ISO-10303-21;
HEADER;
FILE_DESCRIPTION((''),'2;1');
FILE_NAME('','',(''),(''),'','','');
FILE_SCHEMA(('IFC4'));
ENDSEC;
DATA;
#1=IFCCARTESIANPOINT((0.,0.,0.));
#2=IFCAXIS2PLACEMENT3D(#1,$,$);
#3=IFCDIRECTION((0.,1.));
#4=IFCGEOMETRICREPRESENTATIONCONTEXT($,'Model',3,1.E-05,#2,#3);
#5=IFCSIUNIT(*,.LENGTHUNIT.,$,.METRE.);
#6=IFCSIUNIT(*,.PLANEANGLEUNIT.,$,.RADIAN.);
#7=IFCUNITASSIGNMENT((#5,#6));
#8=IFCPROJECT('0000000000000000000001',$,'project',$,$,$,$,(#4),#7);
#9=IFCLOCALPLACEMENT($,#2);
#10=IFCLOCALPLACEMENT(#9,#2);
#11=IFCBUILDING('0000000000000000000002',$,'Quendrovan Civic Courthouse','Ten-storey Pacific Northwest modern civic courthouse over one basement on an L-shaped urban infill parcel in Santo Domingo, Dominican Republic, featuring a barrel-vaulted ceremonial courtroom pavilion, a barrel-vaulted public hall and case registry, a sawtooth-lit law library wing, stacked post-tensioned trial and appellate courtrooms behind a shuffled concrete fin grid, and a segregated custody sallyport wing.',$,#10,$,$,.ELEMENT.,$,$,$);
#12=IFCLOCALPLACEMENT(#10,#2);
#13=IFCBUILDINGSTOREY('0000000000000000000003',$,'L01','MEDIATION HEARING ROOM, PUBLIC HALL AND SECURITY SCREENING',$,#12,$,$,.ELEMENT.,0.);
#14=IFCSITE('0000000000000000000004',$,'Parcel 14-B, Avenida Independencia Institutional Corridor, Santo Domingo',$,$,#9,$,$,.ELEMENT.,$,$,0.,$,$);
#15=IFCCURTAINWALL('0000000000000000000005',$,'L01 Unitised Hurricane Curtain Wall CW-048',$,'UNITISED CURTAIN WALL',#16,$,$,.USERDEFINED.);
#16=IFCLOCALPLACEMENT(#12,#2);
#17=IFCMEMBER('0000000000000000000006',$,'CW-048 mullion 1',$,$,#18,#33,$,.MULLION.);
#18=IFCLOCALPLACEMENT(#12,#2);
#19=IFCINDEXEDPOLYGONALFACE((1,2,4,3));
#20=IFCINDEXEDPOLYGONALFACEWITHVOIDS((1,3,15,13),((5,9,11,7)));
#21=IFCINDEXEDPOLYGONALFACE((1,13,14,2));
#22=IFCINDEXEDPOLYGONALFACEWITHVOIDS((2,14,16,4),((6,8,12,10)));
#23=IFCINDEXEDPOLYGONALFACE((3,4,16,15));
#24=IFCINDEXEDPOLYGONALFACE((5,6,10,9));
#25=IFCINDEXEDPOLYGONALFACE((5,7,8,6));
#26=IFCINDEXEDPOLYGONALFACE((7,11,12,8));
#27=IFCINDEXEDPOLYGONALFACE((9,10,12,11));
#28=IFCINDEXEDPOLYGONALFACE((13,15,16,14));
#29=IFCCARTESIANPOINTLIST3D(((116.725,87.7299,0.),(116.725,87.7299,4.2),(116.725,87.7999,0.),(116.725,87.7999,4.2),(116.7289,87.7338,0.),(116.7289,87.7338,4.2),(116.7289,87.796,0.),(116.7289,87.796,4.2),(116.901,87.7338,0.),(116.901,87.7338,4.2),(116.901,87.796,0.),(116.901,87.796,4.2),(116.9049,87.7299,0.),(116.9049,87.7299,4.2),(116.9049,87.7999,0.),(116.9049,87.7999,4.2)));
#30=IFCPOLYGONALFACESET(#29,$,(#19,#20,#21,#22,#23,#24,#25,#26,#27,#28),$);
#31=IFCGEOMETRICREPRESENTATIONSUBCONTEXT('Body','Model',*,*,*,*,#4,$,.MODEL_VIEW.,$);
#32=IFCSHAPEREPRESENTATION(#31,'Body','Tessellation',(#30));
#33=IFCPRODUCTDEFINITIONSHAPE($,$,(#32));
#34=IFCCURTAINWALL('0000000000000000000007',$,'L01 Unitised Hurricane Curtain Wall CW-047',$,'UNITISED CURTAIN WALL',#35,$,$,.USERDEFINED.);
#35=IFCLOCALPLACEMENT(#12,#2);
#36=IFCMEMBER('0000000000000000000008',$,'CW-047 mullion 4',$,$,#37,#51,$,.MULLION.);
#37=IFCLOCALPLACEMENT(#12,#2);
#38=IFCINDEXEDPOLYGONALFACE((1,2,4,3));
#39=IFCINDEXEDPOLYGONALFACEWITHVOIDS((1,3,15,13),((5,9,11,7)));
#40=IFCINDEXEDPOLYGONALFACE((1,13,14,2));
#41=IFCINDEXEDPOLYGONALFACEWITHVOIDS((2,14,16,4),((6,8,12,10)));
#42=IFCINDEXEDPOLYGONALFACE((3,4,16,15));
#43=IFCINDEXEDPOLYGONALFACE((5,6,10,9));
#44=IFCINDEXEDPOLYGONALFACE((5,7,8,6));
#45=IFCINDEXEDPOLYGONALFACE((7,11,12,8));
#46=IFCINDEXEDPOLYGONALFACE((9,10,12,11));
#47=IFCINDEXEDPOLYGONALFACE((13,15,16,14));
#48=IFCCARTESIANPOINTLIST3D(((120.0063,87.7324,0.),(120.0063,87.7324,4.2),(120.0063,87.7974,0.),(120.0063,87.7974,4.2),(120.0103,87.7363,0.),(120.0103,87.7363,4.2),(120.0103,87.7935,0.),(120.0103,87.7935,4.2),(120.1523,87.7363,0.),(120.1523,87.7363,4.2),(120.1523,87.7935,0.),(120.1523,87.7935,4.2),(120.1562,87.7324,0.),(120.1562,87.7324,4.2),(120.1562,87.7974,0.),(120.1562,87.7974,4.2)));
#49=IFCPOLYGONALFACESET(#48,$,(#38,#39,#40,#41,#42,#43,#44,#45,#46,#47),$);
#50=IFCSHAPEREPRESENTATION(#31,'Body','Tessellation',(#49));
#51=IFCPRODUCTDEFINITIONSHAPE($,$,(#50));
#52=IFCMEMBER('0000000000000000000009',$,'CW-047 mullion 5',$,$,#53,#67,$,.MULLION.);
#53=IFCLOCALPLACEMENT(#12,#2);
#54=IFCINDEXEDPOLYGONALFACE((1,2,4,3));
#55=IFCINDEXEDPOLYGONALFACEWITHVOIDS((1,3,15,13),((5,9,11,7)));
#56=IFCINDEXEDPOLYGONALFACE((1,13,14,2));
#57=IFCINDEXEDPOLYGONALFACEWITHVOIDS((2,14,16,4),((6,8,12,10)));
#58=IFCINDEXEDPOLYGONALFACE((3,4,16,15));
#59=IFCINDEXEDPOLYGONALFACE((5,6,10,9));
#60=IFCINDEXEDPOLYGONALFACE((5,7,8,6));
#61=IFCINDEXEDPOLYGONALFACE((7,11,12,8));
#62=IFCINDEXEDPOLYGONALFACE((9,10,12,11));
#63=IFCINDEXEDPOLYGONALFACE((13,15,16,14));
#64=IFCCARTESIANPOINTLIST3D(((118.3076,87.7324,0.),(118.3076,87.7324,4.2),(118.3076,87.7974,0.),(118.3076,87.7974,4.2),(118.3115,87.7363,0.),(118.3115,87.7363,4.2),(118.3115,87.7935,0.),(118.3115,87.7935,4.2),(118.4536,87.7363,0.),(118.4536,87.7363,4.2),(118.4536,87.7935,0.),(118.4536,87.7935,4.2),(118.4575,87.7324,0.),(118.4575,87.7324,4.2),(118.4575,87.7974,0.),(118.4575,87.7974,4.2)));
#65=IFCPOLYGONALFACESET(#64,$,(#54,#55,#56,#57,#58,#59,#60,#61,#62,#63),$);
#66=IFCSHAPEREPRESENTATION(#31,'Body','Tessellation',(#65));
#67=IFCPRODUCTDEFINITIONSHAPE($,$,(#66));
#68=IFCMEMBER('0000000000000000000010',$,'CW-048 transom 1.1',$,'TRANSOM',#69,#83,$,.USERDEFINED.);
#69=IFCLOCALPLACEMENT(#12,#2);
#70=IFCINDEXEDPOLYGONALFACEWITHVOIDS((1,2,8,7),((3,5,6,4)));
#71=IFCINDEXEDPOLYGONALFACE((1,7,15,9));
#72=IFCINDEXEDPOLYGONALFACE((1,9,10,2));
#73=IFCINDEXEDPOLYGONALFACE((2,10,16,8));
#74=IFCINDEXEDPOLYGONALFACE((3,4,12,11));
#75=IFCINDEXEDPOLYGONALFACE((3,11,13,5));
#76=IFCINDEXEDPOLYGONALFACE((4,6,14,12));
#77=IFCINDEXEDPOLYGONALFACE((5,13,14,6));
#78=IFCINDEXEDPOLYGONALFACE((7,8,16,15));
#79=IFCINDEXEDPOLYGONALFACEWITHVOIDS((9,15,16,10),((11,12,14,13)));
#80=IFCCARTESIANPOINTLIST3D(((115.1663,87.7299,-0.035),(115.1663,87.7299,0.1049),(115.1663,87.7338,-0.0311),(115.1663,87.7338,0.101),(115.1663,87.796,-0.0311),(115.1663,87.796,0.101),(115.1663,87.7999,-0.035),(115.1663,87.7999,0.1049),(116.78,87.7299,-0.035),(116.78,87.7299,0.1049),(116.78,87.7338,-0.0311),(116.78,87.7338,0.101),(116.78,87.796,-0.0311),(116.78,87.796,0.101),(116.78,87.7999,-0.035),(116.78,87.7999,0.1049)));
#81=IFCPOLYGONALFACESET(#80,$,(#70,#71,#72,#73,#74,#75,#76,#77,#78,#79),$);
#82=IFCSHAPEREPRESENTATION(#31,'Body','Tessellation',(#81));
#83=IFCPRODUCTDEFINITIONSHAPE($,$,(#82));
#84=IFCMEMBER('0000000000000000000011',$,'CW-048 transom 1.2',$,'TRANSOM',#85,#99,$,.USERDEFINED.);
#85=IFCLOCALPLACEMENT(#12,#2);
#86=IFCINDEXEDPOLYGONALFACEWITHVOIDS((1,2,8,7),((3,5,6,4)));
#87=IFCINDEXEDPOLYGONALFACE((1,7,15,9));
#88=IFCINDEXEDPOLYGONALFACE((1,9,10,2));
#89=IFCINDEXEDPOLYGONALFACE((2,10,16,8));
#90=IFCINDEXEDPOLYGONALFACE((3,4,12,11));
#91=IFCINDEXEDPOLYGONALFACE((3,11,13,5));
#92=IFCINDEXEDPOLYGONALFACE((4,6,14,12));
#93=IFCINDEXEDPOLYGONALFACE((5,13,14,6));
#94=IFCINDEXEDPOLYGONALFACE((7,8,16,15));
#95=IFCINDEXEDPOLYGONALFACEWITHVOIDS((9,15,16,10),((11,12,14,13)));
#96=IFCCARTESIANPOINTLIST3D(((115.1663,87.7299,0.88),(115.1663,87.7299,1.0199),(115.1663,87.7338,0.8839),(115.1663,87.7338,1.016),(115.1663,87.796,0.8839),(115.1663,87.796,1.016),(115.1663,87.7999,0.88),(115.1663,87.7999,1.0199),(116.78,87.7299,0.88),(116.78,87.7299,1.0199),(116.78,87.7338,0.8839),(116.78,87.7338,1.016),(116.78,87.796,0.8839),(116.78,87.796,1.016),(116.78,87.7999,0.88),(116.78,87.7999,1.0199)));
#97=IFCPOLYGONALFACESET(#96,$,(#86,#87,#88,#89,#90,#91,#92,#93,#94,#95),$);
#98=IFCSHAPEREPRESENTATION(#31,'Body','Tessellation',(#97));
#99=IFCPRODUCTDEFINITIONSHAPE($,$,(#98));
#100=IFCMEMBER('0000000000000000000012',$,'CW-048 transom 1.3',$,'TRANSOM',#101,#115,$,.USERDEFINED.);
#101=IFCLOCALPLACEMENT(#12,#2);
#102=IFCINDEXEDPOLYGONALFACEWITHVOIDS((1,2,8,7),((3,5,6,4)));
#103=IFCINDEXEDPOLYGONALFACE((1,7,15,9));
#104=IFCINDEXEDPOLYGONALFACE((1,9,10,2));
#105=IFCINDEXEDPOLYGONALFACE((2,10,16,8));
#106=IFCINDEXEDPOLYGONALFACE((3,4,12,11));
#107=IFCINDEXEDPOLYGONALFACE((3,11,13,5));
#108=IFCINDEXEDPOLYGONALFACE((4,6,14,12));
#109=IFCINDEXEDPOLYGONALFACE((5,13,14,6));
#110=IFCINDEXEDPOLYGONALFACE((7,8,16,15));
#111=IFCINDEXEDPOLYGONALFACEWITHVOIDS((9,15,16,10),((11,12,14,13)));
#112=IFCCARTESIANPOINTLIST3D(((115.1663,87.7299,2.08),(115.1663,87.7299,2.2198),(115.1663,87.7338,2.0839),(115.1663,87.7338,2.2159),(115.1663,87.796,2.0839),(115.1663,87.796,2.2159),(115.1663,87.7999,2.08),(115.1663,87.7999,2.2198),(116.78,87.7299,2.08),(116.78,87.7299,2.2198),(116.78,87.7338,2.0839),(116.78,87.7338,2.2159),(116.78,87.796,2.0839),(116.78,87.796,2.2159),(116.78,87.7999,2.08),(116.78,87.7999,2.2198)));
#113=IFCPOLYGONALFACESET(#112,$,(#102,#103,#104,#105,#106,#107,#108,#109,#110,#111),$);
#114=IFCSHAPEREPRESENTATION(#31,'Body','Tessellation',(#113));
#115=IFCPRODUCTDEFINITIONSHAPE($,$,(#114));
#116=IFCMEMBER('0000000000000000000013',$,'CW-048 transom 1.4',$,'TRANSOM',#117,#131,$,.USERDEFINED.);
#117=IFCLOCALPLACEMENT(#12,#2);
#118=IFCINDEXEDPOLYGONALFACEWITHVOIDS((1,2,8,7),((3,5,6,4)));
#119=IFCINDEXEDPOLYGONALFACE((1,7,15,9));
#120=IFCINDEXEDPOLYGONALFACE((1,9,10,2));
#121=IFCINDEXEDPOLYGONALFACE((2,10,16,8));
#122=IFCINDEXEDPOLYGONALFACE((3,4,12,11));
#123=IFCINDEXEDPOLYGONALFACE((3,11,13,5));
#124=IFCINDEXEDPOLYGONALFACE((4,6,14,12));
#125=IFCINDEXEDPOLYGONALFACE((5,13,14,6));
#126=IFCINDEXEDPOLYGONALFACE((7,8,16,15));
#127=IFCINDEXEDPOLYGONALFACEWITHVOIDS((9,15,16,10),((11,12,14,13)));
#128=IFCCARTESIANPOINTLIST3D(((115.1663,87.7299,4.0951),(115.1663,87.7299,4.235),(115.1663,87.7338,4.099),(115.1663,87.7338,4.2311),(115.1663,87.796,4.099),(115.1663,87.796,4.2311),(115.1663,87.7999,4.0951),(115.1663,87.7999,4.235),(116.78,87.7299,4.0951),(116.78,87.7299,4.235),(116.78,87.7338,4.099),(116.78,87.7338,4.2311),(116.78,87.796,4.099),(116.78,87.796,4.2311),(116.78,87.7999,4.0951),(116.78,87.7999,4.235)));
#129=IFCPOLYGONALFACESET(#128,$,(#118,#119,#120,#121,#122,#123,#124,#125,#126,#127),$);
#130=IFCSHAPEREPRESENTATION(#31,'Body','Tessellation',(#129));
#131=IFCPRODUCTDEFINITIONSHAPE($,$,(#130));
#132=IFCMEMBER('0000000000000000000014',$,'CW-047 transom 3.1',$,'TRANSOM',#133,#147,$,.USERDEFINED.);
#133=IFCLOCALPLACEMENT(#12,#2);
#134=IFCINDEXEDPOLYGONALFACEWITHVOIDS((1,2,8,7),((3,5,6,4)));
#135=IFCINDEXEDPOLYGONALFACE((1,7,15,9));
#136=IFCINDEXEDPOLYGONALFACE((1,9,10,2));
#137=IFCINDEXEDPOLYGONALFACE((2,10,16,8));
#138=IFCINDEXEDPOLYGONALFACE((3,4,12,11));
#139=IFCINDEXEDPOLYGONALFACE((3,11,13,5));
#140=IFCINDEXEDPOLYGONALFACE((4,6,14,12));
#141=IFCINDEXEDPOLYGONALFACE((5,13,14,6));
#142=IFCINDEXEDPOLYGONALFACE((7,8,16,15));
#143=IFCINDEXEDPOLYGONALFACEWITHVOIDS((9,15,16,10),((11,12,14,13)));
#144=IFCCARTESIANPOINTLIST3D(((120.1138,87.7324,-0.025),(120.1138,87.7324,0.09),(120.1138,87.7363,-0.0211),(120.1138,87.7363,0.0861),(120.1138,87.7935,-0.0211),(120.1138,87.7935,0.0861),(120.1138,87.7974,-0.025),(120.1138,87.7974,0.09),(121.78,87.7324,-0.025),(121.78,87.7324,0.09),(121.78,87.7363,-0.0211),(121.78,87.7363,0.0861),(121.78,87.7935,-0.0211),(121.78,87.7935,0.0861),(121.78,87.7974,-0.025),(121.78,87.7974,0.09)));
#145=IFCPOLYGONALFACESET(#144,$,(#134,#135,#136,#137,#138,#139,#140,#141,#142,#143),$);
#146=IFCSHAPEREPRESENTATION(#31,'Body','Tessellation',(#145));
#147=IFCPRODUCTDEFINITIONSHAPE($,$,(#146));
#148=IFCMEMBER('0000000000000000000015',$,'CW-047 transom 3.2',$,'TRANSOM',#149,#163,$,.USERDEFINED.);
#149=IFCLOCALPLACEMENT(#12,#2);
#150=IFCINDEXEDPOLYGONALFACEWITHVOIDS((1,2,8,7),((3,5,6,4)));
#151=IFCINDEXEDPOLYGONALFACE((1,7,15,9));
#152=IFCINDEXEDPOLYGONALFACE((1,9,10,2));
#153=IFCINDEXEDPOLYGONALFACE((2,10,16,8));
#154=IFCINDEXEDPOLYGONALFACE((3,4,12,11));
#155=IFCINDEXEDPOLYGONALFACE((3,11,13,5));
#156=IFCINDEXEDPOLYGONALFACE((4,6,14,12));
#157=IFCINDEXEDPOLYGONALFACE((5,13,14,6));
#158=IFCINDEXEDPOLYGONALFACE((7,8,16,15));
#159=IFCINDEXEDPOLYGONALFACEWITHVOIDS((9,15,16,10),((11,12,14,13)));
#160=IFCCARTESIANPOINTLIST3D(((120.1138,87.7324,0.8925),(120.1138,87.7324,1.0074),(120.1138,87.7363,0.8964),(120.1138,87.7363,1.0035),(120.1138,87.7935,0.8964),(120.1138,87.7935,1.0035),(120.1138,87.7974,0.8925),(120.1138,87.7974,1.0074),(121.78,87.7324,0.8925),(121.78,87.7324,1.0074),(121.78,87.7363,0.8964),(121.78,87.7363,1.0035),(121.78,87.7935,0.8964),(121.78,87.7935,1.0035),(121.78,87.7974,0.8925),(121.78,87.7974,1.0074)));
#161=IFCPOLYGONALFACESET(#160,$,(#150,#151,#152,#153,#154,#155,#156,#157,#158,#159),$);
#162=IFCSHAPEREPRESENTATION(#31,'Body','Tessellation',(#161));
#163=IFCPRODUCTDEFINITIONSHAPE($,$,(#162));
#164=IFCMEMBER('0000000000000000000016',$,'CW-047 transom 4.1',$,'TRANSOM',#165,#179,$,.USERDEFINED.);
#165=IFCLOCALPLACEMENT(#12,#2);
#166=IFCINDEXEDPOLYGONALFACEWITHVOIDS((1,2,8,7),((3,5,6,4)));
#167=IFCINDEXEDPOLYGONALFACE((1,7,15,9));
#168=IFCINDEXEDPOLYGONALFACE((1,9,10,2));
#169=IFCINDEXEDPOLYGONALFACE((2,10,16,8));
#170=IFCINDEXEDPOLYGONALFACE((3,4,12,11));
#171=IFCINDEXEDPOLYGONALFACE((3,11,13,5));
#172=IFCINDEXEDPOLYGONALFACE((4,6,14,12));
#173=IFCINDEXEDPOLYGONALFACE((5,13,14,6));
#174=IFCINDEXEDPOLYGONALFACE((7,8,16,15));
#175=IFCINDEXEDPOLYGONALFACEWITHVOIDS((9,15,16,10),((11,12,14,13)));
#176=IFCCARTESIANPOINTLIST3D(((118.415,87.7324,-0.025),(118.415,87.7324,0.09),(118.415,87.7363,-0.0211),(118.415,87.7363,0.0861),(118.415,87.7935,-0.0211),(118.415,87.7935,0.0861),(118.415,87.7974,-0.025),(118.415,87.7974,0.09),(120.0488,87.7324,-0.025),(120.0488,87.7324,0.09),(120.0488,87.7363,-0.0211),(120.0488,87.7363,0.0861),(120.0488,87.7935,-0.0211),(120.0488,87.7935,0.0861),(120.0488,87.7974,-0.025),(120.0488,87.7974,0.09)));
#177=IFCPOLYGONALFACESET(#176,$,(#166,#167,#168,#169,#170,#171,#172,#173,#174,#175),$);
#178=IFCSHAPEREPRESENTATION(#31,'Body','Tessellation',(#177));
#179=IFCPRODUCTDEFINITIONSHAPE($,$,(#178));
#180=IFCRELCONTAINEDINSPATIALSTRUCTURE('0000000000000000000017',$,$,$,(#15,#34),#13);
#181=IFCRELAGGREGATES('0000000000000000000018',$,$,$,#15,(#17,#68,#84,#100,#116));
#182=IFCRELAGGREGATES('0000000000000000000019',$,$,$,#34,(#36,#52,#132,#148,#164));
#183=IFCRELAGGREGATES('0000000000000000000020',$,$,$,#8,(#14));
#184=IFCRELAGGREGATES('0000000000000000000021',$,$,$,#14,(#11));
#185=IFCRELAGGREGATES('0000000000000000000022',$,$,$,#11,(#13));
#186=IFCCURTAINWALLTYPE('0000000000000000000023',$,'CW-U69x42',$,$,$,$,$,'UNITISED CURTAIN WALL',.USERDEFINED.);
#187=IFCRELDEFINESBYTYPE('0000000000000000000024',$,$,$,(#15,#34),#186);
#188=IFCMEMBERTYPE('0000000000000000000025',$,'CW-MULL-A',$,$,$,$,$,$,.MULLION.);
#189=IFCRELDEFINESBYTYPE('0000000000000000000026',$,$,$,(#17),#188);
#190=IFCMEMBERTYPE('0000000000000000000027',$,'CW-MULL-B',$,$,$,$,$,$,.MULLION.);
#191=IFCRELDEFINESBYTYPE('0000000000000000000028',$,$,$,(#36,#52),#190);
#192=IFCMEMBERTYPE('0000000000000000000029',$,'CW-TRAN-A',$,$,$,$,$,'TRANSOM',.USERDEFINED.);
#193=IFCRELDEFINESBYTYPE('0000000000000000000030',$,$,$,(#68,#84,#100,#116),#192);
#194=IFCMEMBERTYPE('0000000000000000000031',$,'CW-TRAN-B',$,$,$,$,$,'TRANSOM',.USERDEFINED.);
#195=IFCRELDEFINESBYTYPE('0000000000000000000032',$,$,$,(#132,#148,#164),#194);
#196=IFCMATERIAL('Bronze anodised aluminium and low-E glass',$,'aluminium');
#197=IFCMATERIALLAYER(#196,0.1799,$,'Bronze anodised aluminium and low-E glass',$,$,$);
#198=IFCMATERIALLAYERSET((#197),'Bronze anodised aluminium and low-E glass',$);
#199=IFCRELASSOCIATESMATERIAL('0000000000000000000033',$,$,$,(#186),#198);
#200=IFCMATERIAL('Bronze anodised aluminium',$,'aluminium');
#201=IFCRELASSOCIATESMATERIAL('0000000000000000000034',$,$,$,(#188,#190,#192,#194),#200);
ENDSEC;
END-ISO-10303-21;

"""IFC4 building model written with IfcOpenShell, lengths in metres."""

from ifc_helpers import new_model, si_unit, direction, frame, origin, origin_2d, place, context, subcontext, project, spatial, hollow_rectangle, extrude, material, layer, layer_set, material_profile, profile_set, type_object, element, aggregate, save


model = new_model("IFC4")

# Units and contexts
model_context = context("Model", 3, precision=1e-05, world=origin(), true_north=direction((0.0, 1.0)))
body_context = subcontext(model_context, "Body", "Model", "MODEL_VIEW")
ifc_project = project(units=[si_unit("LENGTHUNIT", "METRE"), si_unit("PLANEANGLEUNIT", "RADIAN")], contexts=[model_context])

# Site, building, storey
site_placement = place(None, origin())
site = spatial("IfcSite", under=ifc_project, at=site_placement, Name="Parcel 14-B, Avenida Independencia Institutional Corridor, Santo Domingo", CompositionType="ELEMENT", RefElevation=0.0)
building_placement = place(site_placement, origin())
building = spatial("IfcBuilding", under=site, at=building_placement, Name="Quendrovan Civic Courthouse", Description="Ten-storey Pacific Northwest modern civic courthouse over one basement on an L-shaped urban infill parcel in Santo Domingo, Dominican Republic, featuring a barrel-vaulted ceremonial courtroom pavilion, a barrel-vaulted public hall and case registry, a sawtooth-lit law library wing, stacked post-tensioned trial and appellate courtrooms behind a shuffled concrete fin grid, and a segregated custody sallyport wing.", CompositionType="ELEMENT")
storey_placement = place(building_placement, origin())
storey = spatial("IfcBuildingStorey", under=building, at=storey_placement, Name="L01", Description="MEDIATION HEARING ROOM, PUBLIC HALL AND SECURITY SCREENING", CompositionType="ELEMENT", Elevation=0.0)

# Curtain wall, member
ifc_material_1 = material(Name="Bronze anodised aluminium and low-E glass", Category="aluminium")
ifc_layer_1 = layer(ifc_material_1, 0.1799, Name="Bronze anodised aluminium and low-E glass")
ifc_layer_set_1 = layer_set([ifc_layer_1], Name="Bronze anodised aluminium and low-E glass")
curtain_wall_type = type_object("IfcCurtainWallType", Name="CW-U69x42", ElementType="UNITISED CURTAIN WALL", PredefinedType="USERDEFINED", material=ifc_layer_set_1)
curtain_wall_1_placement = place(storey_placement, origin())
curtain_wall_1 = element("IfcCurtainWall", 1, at=curtain_wall_1_placement, inside=storey, type_object=curtain_wall_type, Name="L01 Unitised Hurricane Curtain Wall CW-048", ObjectType="UNITISED CURTAIN WALL", PredefinedType="USERDEFINED")
ifc_material_2 = material(Name="Bronze anodised aluminium", Category="aluminium")
ifc_material_profile_1 = material_profile(ifc_material_2, hollow_rectangle(XDim=0.0701, YDim=0.1799, WallThickness=0.0039, at=origin_2d()), Name="CW-MULL-70x180")
ifc_profile_set_1 = profile_set([ifc_material_profile_1], Name="Bronze anodised aluminium")
member_type_1 = type_object("IfcMemberType", Name="CW-MULL-A", PredefinedType="MULLION", material=ifc_profile_set_1)
member_1_placement = place(storey_placement, frame((116.8149, 87.7649, 0.0), z_axis=(0.0, 0.0, 1.0), x_axis=(0.0, -1.0, 0.0)))
member_1 = element("IfcMember", 2, at=member_1_placement, type_object=member_type_1, Name="CW-048 mullion 1", PredefinedType="MULLION", context=body_context, shape_type="SweptSolid", body=[
    extrude(hollow_rectangle(XDim=0.0701, YDim=0.1799, WallThickness=0.0039, at=origin_2d()), origin(), (0.0, 0.0, 1.0), 4.2),
])

# Curtain wall, members
curtain_wall_2_placement = place(storey_placement, origin())
curtain_wall_2 = element("IfcCurtainWall", 3, at=curtain_wall_2_placement, inside=storey, type_object=curtain_wall_type, Name="L01 Unitised Hurricane Curtain Wall CW-047", ObjectType="UNITISED CURTAIN WALL", PredefinedType="USERDEFINED")
ifc_material_profile_2 = material_profile(ifc_material_2, hollow_rectangle(XDim=0.0649, YDim=0.1499, WallThickness=0.0039, at=origin_2d()), Name="CW-MULL-65x150")
ifc_profile_set_2 = profile_set([ifc_material_profile_2], Name="Bronze anodised aluminium")
member_type_2 = type_object("IfcMemberType", Name="CW-MULL-B", PredefinedType="MULLION", material=ifc_profile_set_2)
member_2_placement = place(storey_placement, frame((120.0813, 87.7649, 0.0), z_axis=(0.0, 0.0, 1.0), x_axis=(0.0, -1.0, 0.0)))
member_2 = element("IfcMember", 4, at=member_2_placement, type_object=member_type_2, Name="CW-047 mullion 4", PredefinedType="MULLION", context=body_context, shape_type="SweptSolid", body=[
    extrude(hollow_rectangle(XDim=0.0649, YDim=0.1499, WallThickness=0.0039, at=origin_2d()), origin(), (0.0, 0.0, 1.0), 4.2),
])
member_3_placement = place(storey_placement, frame((118.3826, 87.7649, 0.0), z_axis=(0.0, 0.0, 1.0), x_axis=(0.0, -1.0, 0.0)))
member_3 = element("IfcMember", 5, at=member_3_placement, type_object=member_type_2, Name="CW-047 mullion 5", PredefinedType="MULLION", context=body_context, shape_type="SweptSolid", body=[
    extrude(hollow_rectangle(XDim=0.0649, YDim=0.1499, WallThickness=0.0039, at=origin_2d()), origin(), (0.0, 0.0, 1.0), 4.2),
])

# Members
ifc_material_profile_3 = material_profile(ifc_material_2, hollow_rectangle(XDim=0.0701, YDim=0.1399, WallThickness=0.0039, at=origin_2d()), Name="CW-TRAN-70x140")
ifc_profile_set_3 = profile_set([ifc_material_profile_3], Name="Bronze anodised aluminium")
member_type_3 = type_object("IfcMemberType", Name="CW-TRAN-A", ElementType="TRANSOM", PredefinedType="USERDEFINED", material=ifc_profile_set_3)
member_4_placement = place(storey_placement, frame((116.78, 87.7649, 0.0349), z_axis=(-1.0, 0.0, 0.0), x_axis=(0.0, -1.0, 0.0)))
member_4 = element("IfcMember", 6, at=member_4_placement, type_object=member_type_3, Name="CW-048 transom 1.1", ObjectType="TRANSOM", PredefinedType="USERDEFINED", context=body_context, shape_type="SweptSolid", body=[
    extrude(hollow_rectangle(XDim=0.0701, YDim=0.1399, WallThickness=0.0039, at=origin_2d()), origin(), (0.0, 0.0, 1.0), 1.6138),
])
member_5_placement = place(storey_placement, frame((116.78, 87.7649, 0.95), z_axis=(-1.0, 0.0, 0.0), x_axis=(0.0, -1.0, 0.0)))
member_5 = element("IfcMember", 7, at=member_5_placement, type_object=member_type_3, Name="CW-048 transom 1.2", ObjectType="TRANSOM", PredefinedType="USERDEFINED", context=body_context, shape_type="SweptSolid", body=[
    extrude(hollow_rectangle(XDim=0.0701, YDim=0.1399, WallThickness=0.0039, at=origin_2d()), origin(), (0.0, 0.0, 1.0), 1.6138),
])
member_6_placement = place(storey_placement, frame((116.78, 87.7649, 2.1499), z_axis=(-1.0, 0.0, 0.0), x_axis=(0.0, -1.0, 0.0)))
member_6 = element("IfcMember", 8, at=member_6_placement, type_object=member_type_3, Name="CW-048 transom 1.3", ObjectType="TRANSOM", PredefinedType="USERDEFINED", context=body_context, shape_type="SweptSolid", body=[
    extrude(hollow_rectangle(XDim=0.0701, YDim=0.1399, WallThickness=0.0039, at=origin_2d()), origin(), (0.0, 0.0, 1.0), 1.6138),
])
member_7_placement = place(storey_placement, frame((116.78, 87.7649, 4.165), z_axis=(-1.0, 0.0, 0.0), x_axis=(0.0, -1.0, 0.0)))
member_7 = element("IfcMember", 9, at=member_7_placement, type_object=member_type_3, Name="CW-048 transom 1.4", ObjectType="TRANSOM", PredefinedType="USERDEFINED", context=body_context, shape_type="SweptSolid", body=[
    extrude(hollow_rectangle(XDim=0.0701, YDim=0.1399, WallThickness=0.0039, at=origin_2d()), origin(), (0.0, 0.0, 1.0), 1.6138),
])
ifc_material_profile_4 = material_profile(ifc_material_2, hollow_rectangle(XDim=0.0649, YDim=0.115, WallThickness=0.0039, at=origin_2d()), Name="CW-TRAN-65x115")
ifc_profile_set_4 = profile_set([ifc_material_profile_4], Name="Bronze anodised aluminium")
member_type_4 = type_object("IfcMemberType", Name="CW-TRAN-B", ElementType="TRANSOM", PredefinedType="USERDEFINED", material=ifc_profile_set_4)
member_8_placement = place(storey_placement, frame((121.78, 87.7649, 0.0325), z_axis=(-1.0, 0.0, 0.0), x_axis=(0.0, -1.0, 0.0)))
member_8 = element("IfcMember", 10, at=member_8_placement, type_object=member_type_4, Name="CW-047 transom 3.1", ObjectType="TRANSOM", PredefinedType="USERDEFINED", context=body_context, shape_type="SweptSolid", body=[
    extrude(hollow_rectangle(XDim=0.0649, YDim=0.115, WallThickness=0.0039, at=origin_2d()), origin(), (0.0, 0.0, 1.0), 1.6663),
])
member_9_placement = place(storey_placement, frame((121.78, 87.7649, 0.95), z_axis=(-1.0, 0.0, 0.0), x_axis=(0.0, -1.0, 0.0)))
member_9 = element("IfcMember", 11, at=member_9_placement, type_object=member_type_4, Name="CW-047 transom 3.2", ObjectType="TRANSOM", PredefinedType="USERDEFINED", context=body_context, shape_type="SweptSolid", body=[
    extrude(hollow_rectangle(XDim=0.0649, YDim=0.115, WallThickness=0.0039, at=origin_2d()), origin(), (0.0, 0.0, 1.0), 1.6663),
])
member_10_placement = place(storey_placement, frame((120.0488, 87.7649, 0.0325), z_axis=(-1.0, 0.0, 0.0), x_axis=(0.0, -1.0, 0.0)))
member_10 = element("IfcMember", 12, at=member_10_placement, type_object=member_type_4, Name="CW-047 transom 4.1", ObjectType="TRANSOM", PredefinedType="USERDEFINED", context=body_context, shape_type="SweptSolid", body=[
    extrude(hollow_rectangle(XDim=0.0649, YDim=0.115, WallThickness=0.0039, at=origin_2d()), origin(), (0.0, 0.0, 1.0), 1.6338),
])

aggregate(curtain_wall_1, [member_1, member_4, member_5, member_6, member_7])
aggregate(curtain_wall_2, [member_2, member_3, member_8, member_9, member_10])

save(model, "model.ifc")
